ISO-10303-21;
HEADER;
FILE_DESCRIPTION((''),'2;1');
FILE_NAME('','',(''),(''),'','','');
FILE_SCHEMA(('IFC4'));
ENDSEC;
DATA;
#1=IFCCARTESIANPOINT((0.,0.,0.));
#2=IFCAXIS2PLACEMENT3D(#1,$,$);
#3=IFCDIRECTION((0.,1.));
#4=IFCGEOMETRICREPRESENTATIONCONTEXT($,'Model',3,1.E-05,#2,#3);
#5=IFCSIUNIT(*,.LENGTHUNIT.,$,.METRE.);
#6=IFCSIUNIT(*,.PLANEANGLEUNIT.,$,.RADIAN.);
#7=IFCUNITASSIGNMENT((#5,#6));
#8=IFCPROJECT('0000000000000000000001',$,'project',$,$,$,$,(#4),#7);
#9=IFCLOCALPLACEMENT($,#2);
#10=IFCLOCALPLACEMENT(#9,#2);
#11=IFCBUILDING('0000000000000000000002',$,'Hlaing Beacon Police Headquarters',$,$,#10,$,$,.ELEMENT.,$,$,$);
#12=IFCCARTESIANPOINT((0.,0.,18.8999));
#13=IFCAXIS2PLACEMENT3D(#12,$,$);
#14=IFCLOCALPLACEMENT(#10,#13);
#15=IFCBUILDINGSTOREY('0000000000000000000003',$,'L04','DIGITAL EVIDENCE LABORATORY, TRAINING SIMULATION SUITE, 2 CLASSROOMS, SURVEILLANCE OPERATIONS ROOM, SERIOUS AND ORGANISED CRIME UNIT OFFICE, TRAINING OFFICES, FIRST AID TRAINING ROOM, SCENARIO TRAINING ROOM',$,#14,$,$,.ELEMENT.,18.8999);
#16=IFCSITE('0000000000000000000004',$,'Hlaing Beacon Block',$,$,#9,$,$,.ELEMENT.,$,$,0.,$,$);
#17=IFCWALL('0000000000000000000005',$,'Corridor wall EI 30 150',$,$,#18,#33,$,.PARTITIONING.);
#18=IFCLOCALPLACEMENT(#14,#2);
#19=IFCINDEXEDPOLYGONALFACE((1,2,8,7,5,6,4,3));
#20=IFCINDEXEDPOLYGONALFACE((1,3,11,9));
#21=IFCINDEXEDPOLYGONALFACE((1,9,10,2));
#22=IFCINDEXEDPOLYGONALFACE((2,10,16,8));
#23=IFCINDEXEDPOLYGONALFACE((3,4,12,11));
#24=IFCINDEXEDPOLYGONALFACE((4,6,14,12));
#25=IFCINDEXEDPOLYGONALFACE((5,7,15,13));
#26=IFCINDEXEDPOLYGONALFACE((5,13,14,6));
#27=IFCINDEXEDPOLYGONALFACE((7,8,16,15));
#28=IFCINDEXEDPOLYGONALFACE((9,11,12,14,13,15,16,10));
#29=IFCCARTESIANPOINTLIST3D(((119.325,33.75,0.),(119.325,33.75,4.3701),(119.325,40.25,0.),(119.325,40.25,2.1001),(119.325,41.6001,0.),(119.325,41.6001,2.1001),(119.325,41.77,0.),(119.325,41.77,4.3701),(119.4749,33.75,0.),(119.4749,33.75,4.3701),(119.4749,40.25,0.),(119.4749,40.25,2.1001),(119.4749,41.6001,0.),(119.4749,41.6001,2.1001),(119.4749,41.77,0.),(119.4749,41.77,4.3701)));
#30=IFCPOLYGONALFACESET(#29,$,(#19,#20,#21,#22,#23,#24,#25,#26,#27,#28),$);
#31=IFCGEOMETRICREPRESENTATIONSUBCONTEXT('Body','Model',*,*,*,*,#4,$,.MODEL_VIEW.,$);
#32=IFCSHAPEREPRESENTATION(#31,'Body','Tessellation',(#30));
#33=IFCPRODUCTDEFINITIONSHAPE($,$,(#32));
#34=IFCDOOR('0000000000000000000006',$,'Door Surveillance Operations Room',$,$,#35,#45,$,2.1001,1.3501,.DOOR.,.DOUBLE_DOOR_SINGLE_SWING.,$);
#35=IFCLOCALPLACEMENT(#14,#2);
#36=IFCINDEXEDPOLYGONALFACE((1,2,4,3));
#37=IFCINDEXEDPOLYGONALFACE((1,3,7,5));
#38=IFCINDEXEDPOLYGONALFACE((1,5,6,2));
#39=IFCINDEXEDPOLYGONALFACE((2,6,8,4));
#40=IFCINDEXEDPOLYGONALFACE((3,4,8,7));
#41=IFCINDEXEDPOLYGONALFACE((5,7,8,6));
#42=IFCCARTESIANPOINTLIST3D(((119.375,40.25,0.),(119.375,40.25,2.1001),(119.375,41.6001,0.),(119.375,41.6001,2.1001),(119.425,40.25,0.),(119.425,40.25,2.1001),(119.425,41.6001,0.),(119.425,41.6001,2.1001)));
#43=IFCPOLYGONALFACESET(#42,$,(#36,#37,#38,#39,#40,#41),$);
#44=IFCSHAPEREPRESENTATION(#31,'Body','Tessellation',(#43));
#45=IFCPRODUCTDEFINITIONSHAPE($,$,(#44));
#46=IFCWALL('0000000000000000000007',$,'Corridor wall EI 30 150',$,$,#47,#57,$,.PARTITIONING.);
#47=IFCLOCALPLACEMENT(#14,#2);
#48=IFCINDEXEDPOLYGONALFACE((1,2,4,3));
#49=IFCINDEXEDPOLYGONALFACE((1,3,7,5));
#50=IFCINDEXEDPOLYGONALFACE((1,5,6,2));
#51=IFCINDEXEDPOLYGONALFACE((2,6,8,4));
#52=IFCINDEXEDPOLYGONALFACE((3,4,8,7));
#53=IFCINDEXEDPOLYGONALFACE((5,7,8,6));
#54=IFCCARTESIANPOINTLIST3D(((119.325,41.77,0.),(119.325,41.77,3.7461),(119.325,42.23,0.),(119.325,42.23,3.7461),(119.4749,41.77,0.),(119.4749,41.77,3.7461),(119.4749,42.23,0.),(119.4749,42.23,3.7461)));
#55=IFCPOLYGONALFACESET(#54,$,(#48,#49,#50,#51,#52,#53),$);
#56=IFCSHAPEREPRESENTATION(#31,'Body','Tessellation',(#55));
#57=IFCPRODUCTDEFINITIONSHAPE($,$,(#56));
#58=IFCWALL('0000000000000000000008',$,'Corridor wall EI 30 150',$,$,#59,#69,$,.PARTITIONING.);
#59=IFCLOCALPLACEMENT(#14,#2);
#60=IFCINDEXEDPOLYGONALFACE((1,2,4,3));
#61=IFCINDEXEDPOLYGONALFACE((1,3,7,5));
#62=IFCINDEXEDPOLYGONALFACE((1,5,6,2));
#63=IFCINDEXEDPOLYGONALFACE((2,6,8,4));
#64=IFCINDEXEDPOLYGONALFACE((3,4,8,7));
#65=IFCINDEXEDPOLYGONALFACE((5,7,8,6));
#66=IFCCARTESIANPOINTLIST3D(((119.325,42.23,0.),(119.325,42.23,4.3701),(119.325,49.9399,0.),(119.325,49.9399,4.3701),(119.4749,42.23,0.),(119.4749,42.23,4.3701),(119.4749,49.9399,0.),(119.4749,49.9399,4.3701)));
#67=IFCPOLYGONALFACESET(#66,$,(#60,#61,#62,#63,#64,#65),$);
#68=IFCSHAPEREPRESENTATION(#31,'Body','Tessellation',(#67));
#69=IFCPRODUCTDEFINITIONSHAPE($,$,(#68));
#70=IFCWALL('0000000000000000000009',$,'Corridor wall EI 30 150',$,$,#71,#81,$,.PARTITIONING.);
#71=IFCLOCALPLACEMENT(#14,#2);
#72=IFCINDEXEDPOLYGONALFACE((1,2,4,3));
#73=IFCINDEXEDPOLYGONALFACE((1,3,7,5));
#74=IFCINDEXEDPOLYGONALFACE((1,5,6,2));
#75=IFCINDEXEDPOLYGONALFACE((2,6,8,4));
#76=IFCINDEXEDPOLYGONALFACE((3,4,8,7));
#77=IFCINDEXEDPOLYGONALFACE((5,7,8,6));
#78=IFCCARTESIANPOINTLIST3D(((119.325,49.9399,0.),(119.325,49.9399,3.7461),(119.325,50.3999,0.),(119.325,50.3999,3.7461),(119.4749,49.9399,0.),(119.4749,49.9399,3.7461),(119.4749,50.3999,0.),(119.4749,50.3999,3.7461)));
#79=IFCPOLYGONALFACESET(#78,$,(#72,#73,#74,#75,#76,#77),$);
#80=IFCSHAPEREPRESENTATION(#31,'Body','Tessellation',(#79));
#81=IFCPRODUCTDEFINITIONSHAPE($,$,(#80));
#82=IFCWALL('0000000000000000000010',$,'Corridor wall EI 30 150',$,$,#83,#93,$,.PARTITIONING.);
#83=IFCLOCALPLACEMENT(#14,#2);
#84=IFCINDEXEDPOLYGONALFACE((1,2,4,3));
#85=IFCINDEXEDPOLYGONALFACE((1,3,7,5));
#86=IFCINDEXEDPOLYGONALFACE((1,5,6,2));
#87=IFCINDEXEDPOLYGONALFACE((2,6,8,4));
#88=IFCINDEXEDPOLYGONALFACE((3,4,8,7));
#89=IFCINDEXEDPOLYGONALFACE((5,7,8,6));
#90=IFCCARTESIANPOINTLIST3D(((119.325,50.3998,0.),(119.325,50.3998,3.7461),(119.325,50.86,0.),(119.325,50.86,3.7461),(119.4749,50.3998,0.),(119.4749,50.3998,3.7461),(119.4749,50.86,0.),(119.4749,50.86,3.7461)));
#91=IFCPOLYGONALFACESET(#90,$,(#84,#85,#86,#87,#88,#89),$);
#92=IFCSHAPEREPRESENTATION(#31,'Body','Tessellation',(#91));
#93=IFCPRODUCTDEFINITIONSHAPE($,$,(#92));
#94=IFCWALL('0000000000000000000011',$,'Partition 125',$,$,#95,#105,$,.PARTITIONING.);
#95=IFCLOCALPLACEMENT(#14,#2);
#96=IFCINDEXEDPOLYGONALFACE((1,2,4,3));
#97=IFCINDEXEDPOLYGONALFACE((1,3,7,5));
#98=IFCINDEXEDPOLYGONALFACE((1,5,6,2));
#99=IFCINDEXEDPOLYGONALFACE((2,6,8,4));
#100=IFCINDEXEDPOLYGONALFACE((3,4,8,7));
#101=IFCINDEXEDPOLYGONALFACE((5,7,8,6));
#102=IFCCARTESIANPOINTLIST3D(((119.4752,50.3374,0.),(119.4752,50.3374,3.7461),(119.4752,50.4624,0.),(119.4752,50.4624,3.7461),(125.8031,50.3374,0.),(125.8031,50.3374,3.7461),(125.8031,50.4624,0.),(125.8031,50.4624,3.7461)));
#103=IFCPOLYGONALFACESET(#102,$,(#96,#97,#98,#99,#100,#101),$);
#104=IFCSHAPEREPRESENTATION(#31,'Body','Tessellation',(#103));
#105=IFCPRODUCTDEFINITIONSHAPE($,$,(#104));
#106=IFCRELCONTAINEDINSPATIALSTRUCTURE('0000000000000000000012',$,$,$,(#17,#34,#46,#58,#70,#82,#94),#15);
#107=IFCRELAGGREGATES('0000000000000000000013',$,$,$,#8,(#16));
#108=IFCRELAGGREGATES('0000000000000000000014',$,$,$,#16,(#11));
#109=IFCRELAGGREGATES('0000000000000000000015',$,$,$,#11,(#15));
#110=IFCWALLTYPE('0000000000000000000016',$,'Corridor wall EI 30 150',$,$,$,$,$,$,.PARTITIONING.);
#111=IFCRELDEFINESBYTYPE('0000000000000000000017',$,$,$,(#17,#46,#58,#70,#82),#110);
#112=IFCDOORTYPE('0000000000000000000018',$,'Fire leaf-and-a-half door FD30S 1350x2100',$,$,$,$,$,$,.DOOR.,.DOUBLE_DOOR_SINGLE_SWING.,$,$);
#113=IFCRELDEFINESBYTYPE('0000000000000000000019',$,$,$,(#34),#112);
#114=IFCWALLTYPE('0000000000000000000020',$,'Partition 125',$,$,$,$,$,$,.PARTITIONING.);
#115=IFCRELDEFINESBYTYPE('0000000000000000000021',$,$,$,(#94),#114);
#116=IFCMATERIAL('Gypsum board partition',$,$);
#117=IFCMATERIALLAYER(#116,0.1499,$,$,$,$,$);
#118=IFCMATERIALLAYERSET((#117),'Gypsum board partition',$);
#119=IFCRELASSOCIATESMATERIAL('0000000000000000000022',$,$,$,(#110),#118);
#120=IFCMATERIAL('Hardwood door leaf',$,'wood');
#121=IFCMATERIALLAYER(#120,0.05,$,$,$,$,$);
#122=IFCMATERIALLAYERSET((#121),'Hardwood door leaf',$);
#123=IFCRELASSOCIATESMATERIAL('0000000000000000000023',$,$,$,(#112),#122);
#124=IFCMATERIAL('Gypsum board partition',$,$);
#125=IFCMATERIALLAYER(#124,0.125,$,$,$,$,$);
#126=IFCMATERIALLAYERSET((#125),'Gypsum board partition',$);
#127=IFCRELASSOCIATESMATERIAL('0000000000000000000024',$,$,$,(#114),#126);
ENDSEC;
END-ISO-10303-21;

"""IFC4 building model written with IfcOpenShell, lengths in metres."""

from ifc_helpers import new_model, si_unit, direction, frame, frame_2d, origin, place, context, subcontext, project, spatial, rectangle, extrude, material, layer, layer_set, type_object, element, fill, save


model = new_model("IFC4")

# Units and contexts
model_context = context("Model", 3, precision=1e-05, world=origin(), true_north=direction((0.0, 1.0)))
body_context = subcontext(model_context, "Body", "Model", "MODEL_VIEW")
ifc_project = project(units=[si_unit("LENGTHUNIT", "METRE"), si_unit("PLANEANGLEUNIT", "RADIAN")], contexts=[model_context])

# Site, building, storey
site_placement = place(None, origin())
site = spatial("IfcSite", under=ifc_project, at=site_placement, Name="Hlaing Beacon Block", CompositionType="ELEMENT", RefElevation=0.0)
building_placement = place(site_placement, origin())
building = spatial("IfcBuilding", under=site, at=building_placement, Name="Hlaing Beacon Police Headquarters", CompositionType="ELEMENT")
storey_placement = place(building_placement, frame((0.0, 0.0, 18.8999)))
storey = spatial("IfcBuildingStorey", under=building, at=storey_placement, Name="L04", Description="DIGITAL EVIDENCE LABORATORY, TRAINING SIMULATION SUITE, 2 CLASSROOMS, SURVEILLANCE OPERATIONS ROOM, SERIOUS AND ORGANISED CRIME UNIT OFFICE, TRAINING OFFICES, FIRST AID TRAINING ROOM, SCENARIO TRAINING ROOM", CompositionType="ELEMENT", Elevation=18.8999)

# Wall, opening, door
ifc_material_1 = material(Name="Gypsum board partition")
ifc_layer_1 = layer(ifc_material_1, 0.1499)
ifc_layer_set_1 = layer_set([ifc_layer_1], Name="Gypsum board partition")
wall_type_1 = type_object("IfcWallType", Name="Corridor wall EI 30 150", PredefinedType="PARTITIONING", material=ifc_layer_set_1)
wall_1_placement = place(storey_placement, frame((119.3999, 33.75, 0.0), z_axis=(0.0, 0.0, 1.0), x_axis=(0.0, 1.0, 0.0)))
wall_1 = element("IfcWall", 1, at=wall_1_placement, inside=storey, type_object=wall_type_1, Name="Corridor wall EI 30 150", PredefinedType="PARTITIONING", context=body_context, shape_type="SweptSolid", body=[
    extrude(rectangle(XDim=8.02, YDim=0.1499, at=frame_2d((4.01, 0.0))), origin(), (0.0, 0.0, 1.0), 4.3701),
])
opening_placement = place(wall_1_placement, frame((6.5, 0.0, 0.0)))
opening = element("IfcOpeningElement", 2, at=opening_placement, cuts=wall_1, PredefinedType="OPENING", context=body_context, shape_type="SweptSolid", body=[
    extrude(rectangle(XDim=1.3501, YDim=2.1001, at=frame_2d((0.675, 1.05))), frame((0.0, 0.085, 0.0), z_axis=(0.0, -1.0, 0.0), x_axis=(1.0, 0.0, 0.0)), (0.0, 0.0, 1.0), 0.1699),
])
ifc_material_2 = material(Name="Hardwood door leaf", Category="wood")
ifc_layer_2 = layer(ifc_material_2, 0.05)
ifc_layer_set_2 = layer_set([ifc_layer_2], Name="Hardwood door leaf")
door_type = type_object("IfcDoorType", Name="Fire leaf-and-a-half door FD30S 1350x2100", OperationType="DOUBLE_DOOR_SINGLE_SWING", PredefinedType="DOOR", material=ifc_layer_set_2)
door_placement = place(opening_placement, frame((1.3501, 0.0, 0.0), z_axis=(0.0, 0.0, 1.0), x_axis=(-1.0, 0.0, 0.0)))
door = element("IfcDoor", 3, at=door_placement, inside=storey, type_object=door_type, Name="Door Surveillance Operations Room", OperationType="DOUBLE_DOOR_SINGLE_SWING", OverallHeight=2.1001, OverallWidth=1.3501, PredefinedType="DOOR", context=body_context, shape_type="SweptSolid", body=[
    extrude(rectangle(XDim=1.3501, YDim=2.1001, at=frame_2d((0.675, 1.05))), frame((0.0, 0.0251, 0.0), z_axis=(0.0, -1.0, 0.0), x_axis=(1.0, 0.0, 0.0)), (0.0, 0.0, 1.0), 0.05),
])
fill(opening, door)

# Walls
wall_2_placement = place(storey_placement, frame((119.3999, 41.77, 0.0), z_axis=(0.0, 0.0, 1.0), x_axis=(0.0, 1.0, 0.0)))
element("IfcWall", 4, at=wall_2_placement, inside=storey, type_object=wall_type_1, Name="Corridor wall EI 30 150", PredefinedType="PARTITIONING", context=body_context, shape_type="SweptSolid", body=[
    extrude(rectangle(XDim=0.46, YDim=0.1499, at=frame_2d((0.23, 0.0))), origin(), (0.0, 0.0, 1.0), 3.7461),
])
wall_3_placement = place(storey_placement, frame((119.3999, 42.23, 0.0), z_axis=(0.0, 0.0, 1.0), x_axis=(0.0, 1.0, 0.0)))
element("IfcWall", 5, at=wall_3_placement, inside=storey, type_object=wall_type_1, Name="Corridor wall EI 30 150", PredefinedType="PARTITIONING", context=body_context, shape_type="SweptSolid", body=[
    extrude(rectangle(XDim=7.71, YDim=0.1499, at=frame_2d((3.855, 0.0))), origin(), (0.0, 0.0, 1.0), 4.3701),
])
wall_4_placement = place(storey_placement, frame((119.3999, 49.9399, 0.0), z_axis=(0.0, 0.0, 1.0), x_axis=(0.0, 1.0, 0.0)))
element("IfcWall", 6, at=wall_4_placement, inside=storey, type_object=wall_type_1, Name="Corridor wall EI 30 150", PredefinedType="PARTITIONING", context=body_context, shape_type="SweptSolid", body=[
    extrude(rectangle(XDim=0.46, YDim=0.1499, at=frame_2d((0.23, 0.0))), origin(), (0.0, 0.0, 1.0), 3.7461),
])
wall_5_placement = place(storey_placement, frame((119.3999, 50.3999, 0.0), z_axis=(0.0, 0.0, 1.0), x_axis=(0.0, 1.0, 0.0)))
element("IfcWall", 7, at=wall_5_placement, inside=storey, type_object=wall_type_1, Name="Corridor wall EI 30 150", PredefinedType="PARTITIONING", context=body_context, shape_type="SweptSolid", body=[
    extrude(rectangle(XDim=0.4602, YDim=0.1499, at=frame_2d((0.23, 0.0))), origin(), (0.0, 0.0, 1.0), 3.7461),
])
ifc_material_3 = material(Name="Gypsum board partition")
ifc_layer_3 = layer(ifc_material_3, 0.125)
ifc_layer_set_3 = layer_set([ifc_layer_3], Name="Gypsum board partition")
wall_type_2 = type_object("IfcWallType", Name="Partition 125", PredefinedType="PARTITIONING", material=ifc_layer_set_3)
wall_6_placement = place(storey_placement, frame((119.4751, 50.3999, 0.0), z_axis=(0.0, 0.0, 1.0), x_axis=(1.0, 0.0, 0.0)))
element("IfcWall", 8, at=wall_6_placement, inside=storey, type_object=wall_type_2, Name="Partition 125", PredefinedType="PARTITIONING", context=body_context, shape_type="SweptSolid", body=[
    extrude(rectangle(XDim=6.3279, YDim=0.125, at=frame_2d((3.1641, 0.0))), origin(), (0.0, 0.0, 1.0), 3.7461),
])

save(model, "model.ifc")
